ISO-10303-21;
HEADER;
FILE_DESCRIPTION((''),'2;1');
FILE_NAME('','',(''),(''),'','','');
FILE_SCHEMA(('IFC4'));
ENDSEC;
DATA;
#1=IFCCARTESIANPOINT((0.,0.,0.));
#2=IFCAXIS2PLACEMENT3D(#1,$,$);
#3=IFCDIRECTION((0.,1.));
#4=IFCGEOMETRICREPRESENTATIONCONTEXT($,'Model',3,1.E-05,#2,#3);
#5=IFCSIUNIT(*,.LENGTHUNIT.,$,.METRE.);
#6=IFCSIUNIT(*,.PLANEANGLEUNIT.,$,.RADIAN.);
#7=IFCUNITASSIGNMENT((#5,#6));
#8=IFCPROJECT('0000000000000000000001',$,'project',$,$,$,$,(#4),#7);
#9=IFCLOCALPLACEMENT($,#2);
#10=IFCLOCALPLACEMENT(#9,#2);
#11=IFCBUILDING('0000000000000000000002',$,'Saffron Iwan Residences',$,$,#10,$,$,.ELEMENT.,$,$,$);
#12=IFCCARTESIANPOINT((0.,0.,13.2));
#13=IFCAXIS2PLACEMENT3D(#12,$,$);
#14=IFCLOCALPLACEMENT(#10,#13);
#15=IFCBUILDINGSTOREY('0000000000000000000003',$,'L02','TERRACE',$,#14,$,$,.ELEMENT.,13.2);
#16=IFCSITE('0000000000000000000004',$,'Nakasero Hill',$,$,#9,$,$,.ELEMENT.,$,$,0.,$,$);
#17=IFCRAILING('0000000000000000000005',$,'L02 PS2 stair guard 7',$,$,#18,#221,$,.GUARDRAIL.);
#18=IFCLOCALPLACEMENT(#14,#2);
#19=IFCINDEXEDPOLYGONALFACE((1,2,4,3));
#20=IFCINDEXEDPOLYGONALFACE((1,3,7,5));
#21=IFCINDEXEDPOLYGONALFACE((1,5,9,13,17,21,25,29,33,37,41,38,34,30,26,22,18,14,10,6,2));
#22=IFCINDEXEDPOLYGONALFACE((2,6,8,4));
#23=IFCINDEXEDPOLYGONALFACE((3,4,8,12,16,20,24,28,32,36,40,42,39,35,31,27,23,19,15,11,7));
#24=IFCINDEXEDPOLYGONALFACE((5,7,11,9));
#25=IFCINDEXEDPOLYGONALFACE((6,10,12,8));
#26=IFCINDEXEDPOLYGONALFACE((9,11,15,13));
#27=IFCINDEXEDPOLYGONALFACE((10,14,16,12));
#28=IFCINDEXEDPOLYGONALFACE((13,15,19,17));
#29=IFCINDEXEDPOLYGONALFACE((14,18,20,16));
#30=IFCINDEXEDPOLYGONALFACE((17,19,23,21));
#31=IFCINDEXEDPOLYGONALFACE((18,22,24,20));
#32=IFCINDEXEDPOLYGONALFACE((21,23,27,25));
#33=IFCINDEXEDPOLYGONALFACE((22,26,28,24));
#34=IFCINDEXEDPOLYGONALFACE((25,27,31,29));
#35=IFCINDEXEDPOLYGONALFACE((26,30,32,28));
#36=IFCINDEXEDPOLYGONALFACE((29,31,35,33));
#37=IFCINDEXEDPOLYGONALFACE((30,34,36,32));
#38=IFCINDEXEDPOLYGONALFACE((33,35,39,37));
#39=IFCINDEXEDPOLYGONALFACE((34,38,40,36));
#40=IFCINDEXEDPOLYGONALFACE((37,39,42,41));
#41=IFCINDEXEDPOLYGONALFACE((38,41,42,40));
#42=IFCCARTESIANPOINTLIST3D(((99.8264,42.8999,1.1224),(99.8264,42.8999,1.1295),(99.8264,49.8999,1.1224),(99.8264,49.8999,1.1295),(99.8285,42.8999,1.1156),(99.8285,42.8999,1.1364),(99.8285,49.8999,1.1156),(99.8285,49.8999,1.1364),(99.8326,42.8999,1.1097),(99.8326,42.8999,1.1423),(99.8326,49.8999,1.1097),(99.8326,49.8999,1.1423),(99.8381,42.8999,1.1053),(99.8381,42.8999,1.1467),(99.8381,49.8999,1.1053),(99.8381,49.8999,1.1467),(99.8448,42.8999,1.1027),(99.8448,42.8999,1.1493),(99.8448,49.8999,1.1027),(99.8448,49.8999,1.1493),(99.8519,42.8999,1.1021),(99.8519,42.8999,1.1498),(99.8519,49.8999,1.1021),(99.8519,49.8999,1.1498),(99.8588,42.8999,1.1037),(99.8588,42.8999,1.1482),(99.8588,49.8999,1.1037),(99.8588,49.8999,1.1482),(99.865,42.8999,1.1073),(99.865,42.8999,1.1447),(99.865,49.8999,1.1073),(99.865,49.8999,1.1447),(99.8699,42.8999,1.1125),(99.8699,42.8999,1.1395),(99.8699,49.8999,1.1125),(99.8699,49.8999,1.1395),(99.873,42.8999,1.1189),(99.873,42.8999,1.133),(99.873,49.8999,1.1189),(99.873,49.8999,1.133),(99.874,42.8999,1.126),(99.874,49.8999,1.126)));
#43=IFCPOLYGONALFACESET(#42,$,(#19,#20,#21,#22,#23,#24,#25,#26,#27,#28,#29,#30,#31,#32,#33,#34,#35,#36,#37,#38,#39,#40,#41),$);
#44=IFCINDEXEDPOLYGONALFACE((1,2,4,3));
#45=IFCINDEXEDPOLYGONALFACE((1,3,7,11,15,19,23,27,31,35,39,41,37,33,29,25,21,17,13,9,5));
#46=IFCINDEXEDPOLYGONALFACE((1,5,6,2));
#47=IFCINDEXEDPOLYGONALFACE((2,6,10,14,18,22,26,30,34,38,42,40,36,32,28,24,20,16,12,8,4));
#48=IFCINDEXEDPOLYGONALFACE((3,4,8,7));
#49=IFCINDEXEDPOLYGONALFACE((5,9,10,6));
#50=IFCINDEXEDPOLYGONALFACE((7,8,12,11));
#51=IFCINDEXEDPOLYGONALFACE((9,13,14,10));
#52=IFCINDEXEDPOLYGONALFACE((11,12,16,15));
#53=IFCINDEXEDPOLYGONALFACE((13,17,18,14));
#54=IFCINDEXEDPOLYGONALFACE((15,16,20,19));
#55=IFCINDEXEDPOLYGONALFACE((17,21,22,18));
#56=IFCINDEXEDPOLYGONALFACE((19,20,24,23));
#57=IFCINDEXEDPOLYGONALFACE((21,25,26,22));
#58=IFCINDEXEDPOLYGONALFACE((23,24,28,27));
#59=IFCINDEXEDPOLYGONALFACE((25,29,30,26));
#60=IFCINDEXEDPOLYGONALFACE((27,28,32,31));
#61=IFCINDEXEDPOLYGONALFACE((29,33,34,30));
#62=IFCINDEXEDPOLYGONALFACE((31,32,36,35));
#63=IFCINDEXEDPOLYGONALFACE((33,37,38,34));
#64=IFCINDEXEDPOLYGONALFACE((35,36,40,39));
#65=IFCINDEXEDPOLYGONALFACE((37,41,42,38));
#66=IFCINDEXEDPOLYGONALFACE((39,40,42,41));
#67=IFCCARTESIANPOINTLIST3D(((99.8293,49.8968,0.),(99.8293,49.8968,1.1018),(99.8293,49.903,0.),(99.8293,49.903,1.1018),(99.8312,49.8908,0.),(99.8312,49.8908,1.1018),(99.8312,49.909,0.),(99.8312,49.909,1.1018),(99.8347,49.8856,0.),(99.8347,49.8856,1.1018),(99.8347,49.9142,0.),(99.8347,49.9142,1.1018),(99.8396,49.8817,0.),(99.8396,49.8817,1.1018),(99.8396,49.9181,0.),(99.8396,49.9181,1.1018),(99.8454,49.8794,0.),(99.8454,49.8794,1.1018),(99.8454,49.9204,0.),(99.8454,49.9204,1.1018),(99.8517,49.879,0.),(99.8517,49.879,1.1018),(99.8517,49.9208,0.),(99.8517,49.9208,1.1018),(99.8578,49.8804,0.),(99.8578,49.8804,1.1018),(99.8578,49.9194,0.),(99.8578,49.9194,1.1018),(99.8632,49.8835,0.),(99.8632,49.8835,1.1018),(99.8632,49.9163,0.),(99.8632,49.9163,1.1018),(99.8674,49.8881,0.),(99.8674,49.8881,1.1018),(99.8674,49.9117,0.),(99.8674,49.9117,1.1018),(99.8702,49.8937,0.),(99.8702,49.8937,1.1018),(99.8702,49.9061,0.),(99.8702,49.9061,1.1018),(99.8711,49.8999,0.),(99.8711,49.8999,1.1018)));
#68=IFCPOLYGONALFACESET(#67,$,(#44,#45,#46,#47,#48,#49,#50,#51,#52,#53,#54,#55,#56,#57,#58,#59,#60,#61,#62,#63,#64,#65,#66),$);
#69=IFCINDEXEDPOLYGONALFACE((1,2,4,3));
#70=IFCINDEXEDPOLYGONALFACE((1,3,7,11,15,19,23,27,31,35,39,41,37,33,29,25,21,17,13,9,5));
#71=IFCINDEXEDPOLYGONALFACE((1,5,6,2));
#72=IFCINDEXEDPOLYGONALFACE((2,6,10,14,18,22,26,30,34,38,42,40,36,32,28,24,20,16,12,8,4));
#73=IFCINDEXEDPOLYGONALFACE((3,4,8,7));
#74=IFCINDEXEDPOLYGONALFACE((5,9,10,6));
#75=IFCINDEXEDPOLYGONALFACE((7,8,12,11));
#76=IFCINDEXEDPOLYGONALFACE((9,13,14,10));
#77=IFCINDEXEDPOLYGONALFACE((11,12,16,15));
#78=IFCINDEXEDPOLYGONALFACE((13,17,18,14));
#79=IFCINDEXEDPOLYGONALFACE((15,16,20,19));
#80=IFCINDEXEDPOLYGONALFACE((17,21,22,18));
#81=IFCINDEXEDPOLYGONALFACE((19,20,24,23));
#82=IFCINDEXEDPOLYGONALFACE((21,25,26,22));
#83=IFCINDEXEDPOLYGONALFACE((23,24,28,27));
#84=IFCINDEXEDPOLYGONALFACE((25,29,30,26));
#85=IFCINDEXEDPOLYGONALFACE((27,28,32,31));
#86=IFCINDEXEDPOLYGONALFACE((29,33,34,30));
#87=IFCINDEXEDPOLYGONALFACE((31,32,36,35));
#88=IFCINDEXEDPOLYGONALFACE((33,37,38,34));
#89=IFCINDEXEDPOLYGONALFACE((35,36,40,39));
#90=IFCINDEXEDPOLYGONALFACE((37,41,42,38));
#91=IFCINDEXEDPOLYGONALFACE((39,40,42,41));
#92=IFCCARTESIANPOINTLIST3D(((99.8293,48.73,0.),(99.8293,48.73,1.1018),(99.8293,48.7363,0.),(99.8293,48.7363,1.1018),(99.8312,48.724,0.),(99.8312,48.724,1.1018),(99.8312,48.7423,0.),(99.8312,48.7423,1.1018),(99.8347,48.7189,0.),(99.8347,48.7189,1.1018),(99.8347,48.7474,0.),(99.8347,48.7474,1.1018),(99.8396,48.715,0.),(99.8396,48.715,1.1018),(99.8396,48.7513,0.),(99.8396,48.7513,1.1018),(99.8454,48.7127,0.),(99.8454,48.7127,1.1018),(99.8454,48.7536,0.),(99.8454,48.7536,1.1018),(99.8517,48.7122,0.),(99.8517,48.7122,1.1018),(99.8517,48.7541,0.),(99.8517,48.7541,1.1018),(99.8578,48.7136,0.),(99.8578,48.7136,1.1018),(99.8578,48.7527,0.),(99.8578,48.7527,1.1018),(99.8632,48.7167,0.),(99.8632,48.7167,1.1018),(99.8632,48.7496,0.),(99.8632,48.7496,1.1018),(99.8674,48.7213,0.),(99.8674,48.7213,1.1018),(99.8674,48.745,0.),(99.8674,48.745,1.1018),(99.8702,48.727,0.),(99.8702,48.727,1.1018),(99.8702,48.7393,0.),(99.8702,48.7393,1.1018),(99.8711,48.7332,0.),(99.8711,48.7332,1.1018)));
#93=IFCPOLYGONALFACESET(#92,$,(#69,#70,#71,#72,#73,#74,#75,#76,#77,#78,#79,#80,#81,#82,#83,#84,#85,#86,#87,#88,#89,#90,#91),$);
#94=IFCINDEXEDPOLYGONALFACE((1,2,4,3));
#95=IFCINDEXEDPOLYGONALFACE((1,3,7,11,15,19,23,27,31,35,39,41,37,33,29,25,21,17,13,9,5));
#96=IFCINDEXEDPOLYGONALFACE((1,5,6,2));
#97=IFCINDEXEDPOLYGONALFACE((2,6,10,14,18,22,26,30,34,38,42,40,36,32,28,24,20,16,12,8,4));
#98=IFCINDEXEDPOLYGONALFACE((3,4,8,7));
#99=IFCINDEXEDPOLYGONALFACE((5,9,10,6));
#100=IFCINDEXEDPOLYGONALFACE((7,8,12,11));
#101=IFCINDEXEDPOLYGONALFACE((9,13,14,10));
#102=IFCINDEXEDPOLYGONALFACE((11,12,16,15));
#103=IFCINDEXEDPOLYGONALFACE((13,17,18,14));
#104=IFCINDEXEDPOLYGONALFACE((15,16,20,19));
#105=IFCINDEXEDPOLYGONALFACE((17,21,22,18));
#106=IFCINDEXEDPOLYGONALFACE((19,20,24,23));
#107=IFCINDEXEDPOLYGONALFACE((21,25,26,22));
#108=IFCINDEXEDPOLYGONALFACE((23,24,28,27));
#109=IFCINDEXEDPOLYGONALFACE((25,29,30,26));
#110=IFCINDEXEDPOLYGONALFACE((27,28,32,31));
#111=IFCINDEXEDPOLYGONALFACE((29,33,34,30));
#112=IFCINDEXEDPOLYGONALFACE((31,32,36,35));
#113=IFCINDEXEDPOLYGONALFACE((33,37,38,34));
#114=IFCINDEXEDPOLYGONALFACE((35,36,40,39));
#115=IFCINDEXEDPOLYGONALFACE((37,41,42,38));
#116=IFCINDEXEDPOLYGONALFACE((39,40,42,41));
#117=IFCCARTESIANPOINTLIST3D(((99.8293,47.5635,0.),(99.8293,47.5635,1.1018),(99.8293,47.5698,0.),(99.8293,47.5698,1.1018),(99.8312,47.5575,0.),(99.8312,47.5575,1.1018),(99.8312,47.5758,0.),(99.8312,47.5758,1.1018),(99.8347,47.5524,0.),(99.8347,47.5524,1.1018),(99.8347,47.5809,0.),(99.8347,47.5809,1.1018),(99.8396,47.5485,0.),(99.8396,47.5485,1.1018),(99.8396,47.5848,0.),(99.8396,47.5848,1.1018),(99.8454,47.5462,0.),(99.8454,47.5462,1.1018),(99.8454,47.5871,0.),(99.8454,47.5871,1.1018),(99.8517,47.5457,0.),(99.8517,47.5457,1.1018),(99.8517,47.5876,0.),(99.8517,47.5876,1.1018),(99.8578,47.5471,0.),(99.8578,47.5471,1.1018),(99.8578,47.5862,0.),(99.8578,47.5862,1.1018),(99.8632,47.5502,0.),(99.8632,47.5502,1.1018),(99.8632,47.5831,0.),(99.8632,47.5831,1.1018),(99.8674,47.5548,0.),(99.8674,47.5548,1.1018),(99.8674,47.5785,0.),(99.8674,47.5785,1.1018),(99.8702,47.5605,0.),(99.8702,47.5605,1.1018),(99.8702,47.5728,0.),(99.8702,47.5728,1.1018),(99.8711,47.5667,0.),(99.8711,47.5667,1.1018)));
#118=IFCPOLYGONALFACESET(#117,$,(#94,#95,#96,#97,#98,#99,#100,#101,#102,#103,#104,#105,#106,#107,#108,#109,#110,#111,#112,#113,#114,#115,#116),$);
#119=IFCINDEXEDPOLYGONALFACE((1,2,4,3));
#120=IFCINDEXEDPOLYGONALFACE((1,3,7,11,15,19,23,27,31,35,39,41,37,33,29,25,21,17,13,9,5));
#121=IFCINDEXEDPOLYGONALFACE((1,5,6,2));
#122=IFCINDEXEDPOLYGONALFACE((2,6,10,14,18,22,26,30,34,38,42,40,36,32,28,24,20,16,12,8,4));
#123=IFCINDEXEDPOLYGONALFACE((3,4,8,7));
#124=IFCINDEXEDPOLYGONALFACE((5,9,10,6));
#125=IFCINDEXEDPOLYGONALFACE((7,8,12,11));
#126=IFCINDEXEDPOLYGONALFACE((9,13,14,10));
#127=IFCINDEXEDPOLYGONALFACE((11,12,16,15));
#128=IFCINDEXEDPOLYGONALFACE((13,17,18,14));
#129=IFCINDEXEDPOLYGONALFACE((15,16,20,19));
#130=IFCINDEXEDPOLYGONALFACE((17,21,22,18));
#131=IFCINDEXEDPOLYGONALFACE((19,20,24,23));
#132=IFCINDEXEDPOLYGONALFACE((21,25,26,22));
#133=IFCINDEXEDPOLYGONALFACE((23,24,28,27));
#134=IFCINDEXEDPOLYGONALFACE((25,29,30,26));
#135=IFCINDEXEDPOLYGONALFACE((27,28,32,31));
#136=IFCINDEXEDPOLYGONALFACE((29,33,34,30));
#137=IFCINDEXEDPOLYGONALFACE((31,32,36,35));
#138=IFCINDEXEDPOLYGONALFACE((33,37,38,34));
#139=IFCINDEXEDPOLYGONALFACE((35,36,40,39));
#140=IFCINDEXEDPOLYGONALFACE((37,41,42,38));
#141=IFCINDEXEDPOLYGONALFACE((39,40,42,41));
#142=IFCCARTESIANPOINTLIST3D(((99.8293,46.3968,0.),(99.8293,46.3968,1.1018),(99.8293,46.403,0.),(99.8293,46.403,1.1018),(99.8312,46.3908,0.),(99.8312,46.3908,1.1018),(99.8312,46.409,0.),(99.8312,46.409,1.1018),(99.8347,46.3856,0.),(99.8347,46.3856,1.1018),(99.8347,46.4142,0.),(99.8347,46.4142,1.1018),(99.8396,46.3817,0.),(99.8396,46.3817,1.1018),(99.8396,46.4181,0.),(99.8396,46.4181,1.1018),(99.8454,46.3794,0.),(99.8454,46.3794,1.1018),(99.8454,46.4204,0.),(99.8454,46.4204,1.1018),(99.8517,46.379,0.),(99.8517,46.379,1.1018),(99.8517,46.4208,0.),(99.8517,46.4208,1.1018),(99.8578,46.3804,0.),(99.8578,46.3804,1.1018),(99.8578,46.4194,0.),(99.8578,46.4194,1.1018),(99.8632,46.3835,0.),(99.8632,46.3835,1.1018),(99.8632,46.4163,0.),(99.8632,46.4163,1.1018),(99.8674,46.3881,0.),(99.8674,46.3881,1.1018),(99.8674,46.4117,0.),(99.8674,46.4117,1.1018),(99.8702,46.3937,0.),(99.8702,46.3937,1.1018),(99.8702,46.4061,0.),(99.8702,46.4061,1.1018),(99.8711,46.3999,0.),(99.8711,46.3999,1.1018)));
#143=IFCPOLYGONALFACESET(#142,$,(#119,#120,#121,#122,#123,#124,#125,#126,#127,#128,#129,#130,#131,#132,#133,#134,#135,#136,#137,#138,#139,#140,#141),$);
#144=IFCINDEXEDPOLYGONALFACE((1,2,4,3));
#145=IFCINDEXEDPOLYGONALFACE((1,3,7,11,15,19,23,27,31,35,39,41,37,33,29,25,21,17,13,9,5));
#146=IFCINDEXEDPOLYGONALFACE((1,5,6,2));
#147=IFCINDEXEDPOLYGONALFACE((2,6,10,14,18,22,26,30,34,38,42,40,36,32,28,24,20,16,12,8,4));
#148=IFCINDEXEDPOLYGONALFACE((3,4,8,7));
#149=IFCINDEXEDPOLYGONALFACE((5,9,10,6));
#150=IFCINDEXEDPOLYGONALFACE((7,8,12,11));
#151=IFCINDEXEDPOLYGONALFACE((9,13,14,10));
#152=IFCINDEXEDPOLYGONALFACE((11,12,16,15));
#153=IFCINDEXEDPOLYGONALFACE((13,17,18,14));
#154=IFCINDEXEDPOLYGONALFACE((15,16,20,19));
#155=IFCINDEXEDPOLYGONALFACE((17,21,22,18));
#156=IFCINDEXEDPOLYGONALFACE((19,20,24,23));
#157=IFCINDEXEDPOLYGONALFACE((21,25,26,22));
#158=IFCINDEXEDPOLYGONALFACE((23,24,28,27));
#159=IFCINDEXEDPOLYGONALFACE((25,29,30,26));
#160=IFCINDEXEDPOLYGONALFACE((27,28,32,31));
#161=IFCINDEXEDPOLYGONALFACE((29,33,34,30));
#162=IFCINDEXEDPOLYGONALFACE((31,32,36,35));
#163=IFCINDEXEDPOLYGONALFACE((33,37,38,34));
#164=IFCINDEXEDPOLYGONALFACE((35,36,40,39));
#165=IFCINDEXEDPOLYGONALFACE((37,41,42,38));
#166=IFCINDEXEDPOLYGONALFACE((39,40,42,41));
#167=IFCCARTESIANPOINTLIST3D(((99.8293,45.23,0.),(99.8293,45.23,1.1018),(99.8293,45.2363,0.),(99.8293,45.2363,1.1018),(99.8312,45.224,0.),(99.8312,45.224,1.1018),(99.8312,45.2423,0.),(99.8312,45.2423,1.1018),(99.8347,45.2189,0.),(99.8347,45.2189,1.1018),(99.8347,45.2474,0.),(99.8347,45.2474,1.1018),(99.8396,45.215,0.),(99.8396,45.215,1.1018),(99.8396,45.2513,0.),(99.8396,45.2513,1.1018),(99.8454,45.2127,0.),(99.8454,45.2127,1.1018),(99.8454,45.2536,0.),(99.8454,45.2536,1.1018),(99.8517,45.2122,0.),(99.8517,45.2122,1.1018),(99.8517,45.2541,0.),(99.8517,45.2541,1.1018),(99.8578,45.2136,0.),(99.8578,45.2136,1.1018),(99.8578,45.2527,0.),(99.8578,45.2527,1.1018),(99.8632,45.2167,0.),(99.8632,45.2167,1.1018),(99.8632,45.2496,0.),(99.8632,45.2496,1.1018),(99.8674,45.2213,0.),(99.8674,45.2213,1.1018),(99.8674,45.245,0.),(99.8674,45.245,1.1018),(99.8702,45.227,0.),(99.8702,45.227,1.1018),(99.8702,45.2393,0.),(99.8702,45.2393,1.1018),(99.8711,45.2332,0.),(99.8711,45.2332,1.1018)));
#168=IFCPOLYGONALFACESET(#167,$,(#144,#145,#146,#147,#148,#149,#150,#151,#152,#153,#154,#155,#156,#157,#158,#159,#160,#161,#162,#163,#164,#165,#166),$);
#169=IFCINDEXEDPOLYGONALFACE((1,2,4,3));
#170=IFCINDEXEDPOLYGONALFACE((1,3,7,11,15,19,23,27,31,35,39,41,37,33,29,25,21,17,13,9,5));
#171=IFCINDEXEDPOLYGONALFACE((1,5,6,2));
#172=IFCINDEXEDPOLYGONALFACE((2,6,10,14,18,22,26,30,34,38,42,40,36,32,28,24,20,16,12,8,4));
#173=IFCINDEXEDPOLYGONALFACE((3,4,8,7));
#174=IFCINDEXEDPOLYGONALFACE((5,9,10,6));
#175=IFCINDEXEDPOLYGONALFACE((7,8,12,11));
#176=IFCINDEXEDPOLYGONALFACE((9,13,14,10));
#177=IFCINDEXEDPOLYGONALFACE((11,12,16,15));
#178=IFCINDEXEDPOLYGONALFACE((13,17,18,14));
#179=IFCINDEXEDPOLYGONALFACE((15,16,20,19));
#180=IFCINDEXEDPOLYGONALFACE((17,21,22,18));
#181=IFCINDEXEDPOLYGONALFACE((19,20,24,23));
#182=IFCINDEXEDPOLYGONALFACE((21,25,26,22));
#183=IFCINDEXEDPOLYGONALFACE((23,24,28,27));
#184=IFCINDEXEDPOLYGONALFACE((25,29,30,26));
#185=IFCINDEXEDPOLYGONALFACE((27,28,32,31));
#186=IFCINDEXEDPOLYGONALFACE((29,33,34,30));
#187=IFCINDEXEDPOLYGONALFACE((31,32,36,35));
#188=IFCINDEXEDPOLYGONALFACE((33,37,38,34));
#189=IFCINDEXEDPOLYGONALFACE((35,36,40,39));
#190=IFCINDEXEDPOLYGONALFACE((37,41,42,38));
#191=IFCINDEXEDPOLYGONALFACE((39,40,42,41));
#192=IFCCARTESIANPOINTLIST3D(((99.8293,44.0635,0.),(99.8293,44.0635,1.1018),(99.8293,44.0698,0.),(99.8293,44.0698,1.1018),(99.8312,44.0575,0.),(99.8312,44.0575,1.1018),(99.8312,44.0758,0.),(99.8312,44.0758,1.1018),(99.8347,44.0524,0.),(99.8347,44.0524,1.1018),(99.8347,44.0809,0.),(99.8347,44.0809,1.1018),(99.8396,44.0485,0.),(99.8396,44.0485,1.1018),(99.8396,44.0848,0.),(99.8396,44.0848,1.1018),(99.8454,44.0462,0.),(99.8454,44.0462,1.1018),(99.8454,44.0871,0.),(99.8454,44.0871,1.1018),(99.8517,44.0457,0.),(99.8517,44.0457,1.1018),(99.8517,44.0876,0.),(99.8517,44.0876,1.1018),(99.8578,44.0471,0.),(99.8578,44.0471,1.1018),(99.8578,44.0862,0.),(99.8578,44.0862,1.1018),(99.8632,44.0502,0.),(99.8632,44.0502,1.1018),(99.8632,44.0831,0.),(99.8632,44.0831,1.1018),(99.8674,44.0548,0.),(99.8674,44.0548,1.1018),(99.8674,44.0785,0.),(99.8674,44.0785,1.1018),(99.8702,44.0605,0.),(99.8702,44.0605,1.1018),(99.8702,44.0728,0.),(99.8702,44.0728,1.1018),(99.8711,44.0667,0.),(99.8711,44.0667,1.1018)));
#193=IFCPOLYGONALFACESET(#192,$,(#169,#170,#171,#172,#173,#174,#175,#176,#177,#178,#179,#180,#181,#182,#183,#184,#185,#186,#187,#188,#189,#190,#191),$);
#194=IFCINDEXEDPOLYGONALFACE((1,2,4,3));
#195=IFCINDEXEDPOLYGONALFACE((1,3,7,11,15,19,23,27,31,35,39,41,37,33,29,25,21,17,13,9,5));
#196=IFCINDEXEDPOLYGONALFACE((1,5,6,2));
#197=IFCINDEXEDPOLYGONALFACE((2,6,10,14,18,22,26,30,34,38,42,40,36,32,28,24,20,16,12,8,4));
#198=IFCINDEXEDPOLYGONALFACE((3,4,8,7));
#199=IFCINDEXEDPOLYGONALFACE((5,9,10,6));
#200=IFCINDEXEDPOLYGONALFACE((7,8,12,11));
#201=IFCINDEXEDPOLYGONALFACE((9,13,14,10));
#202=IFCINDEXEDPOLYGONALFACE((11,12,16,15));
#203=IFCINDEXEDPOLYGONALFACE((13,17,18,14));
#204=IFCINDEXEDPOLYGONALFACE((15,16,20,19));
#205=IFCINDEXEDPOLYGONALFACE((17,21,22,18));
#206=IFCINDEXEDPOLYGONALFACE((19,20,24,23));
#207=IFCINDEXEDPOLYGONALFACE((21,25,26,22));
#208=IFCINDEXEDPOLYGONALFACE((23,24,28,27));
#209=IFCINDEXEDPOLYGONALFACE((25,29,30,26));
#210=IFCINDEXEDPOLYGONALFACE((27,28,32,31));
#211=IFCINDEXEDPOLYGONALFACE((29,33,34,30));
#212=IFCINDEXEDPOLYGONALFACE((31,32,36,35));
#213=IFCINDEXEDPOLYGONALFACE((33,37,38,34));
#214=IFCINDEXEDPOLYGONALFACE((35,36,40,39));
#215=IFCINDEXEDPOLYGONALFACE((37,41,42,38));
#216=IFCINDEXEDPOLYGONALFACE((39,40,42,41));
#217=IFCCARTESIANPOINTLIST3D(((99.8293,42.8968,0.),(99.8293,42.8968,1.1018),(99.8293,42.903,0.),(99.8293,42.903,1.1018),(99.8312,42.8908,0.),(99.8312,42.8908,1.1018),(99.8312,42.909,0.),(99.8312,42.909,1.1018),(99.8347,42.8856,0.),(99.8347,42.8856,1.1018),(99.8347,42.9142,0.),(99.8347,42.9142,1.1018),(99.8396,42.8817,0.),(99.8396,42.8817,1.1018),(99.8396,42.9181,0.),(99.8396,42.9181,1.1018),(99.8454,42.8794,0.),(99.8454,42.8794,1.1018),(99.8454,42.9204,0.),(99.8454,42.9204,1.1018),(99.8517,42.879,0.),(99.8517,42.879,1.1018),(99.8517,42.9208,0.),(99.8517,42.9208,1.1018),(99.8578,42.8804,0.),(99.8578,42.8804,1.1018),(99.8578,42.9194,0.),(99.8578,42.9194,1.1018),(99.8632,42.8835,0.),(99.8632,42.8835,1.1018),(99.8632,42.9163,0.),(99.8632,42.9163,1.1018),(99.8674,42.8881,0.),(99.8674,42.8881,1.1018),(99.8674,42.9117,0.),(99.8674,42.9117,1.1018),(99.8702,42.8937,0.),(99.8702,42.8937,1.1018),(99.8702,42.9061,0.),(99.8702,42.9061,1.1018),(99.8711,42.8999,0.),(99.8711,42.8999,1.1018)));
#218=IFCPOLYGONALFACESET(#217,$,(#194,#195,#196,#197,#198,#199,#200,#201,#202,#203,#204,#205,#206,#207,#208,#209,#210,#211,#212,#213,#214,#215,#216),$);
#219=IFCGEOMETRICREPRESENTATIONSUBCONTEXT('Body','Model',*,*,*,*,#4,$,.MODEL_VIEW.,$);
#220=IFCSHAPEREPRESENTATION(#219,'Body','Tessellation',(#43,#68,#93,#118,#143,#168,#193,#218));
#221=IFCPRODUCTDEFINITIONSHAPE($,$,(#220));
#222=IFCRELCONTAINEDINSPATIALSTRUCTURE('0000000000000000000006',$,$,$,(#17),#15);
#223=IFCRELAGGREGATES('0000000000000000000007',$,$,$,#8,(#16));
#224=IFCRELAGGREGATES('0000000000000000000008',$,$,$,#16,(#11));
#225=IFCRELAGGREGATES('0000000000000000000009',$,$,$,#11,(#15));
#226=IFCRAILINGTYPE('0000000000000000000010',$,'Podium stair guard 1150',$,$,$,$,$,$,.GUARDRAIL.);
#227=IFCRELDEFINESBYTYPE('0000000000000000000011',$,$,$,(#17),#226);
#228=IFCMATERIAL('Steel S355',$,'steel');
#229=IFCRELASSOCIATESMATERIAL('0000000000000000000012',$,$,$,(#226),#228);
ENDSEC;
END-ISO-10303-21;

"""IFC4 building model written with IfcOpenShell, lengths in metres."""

from ifc_helpers import new_model, si_unit, direction, frame, origin, origin_2d, place, context, subcontext, project, spatial, circle, extrude, material, type_object, element, save


model = new_model("IFC4")

# Units and contexts
model_context = context("Model", 3, precision=1e-05, world=origin(), true_north=direction((0.0, 1.0)))
body_context = subcontext(model_context, "Body", "Model", "MODEL_VIEW")
ifc_project = project(units=[si_unit("LENGTHUNIT", "METRE"), si_unit("PLANEANGLEUNIT", "RADIAN")], contexts=[model_context])

# Site, building, storey
site_placement = place(None, origin())
site = spatial("IfcSite", under=ifc_project, at=site_placement, Name="Nakasero Hill", CompositionType="ELEMENT", RefElevation=0.0)
building_placement = place(site_placement, origin())
building = spatial("IfcBuilding", under=site, at=building_placement, Name="Saffron Iwan Residences", CompositionType="ELEMENT")
storey_placement = place(building_placement, frame((0.0, 0.0, 13.2)))
storey = spatial("IfcBuildingStorey", under=building, at=storey_placement, Name="L02", Description="TERRACE", CompositionType="ELEMENT", Elevation=13.2)

# Railing
ifc_material_1 = material(Name="Steel S355", Category="steel")
railing_type_1 = type_object("IfcRailingType", Name="Podium stair guard 1150", PredefinedType="GUARDRAIL", material=ifc_material_1)
railing_1_placement = place(storey_placement, frame((99.8501, 49.8999, 0.0)))
element("IfcRailing", 1, at=railing_1_placement, inside=storey, type_object=railing_type_1, Name="L02 PS2 stair guard 7", PredefinedType="GUARDRAIL", context=body_context, shape_type="SweptSolid", body=[
    extrude(circle(Radius=0.0239, at=origin_2d()), frame((0.0, 0.0, 1.126), z_axis=(0.0, -1.0, 0.0), x_axis=(1.0, 0.0, 0.0)), (0.0, 0.0, 1.0), 7.0),
    extrude(circle(Radius=0.021, at=origin_2d()), origin(), (0.0, 0.0, 1.0), 1.1018),
    extrude(circle(Radius=0.021, at=origin_2d()), frame((0.0, -1.1667, 0.0)), (0.0, 0.0, 1.0), 1.1018),
    extrude(circle(Radius=0.021, at=origin_2d()), frame((0.0, -2.3333, 0.0)), (0.0, 0.0, 1.0), 1.1018),
    extrude(circle(Radius=0.021, at=origin_2d()), frame((0.0, -3.5, 0.0)), (0.0, 0.0, 1.0), 1.1018),
    extrude(circle(Radius=0.021, at=origin_2d()), frame((0.0, -4.6667, 0.0)), (0.0, 0.0, 1.0), 1.1018),
    extrude(circle(Radius=0.021, at=origin_2d()), frame((0.0, -5.8333, 0.0)), (0.0, 0.0, 1.0), 1.1018),
    extrude(circle(Radius=0.021, at=origin_2d()), frame((0.0, -7.0, 0.0)), (0.0, 0.0, 1.0), 1.1018),
])

save(model, "model.ifc")
